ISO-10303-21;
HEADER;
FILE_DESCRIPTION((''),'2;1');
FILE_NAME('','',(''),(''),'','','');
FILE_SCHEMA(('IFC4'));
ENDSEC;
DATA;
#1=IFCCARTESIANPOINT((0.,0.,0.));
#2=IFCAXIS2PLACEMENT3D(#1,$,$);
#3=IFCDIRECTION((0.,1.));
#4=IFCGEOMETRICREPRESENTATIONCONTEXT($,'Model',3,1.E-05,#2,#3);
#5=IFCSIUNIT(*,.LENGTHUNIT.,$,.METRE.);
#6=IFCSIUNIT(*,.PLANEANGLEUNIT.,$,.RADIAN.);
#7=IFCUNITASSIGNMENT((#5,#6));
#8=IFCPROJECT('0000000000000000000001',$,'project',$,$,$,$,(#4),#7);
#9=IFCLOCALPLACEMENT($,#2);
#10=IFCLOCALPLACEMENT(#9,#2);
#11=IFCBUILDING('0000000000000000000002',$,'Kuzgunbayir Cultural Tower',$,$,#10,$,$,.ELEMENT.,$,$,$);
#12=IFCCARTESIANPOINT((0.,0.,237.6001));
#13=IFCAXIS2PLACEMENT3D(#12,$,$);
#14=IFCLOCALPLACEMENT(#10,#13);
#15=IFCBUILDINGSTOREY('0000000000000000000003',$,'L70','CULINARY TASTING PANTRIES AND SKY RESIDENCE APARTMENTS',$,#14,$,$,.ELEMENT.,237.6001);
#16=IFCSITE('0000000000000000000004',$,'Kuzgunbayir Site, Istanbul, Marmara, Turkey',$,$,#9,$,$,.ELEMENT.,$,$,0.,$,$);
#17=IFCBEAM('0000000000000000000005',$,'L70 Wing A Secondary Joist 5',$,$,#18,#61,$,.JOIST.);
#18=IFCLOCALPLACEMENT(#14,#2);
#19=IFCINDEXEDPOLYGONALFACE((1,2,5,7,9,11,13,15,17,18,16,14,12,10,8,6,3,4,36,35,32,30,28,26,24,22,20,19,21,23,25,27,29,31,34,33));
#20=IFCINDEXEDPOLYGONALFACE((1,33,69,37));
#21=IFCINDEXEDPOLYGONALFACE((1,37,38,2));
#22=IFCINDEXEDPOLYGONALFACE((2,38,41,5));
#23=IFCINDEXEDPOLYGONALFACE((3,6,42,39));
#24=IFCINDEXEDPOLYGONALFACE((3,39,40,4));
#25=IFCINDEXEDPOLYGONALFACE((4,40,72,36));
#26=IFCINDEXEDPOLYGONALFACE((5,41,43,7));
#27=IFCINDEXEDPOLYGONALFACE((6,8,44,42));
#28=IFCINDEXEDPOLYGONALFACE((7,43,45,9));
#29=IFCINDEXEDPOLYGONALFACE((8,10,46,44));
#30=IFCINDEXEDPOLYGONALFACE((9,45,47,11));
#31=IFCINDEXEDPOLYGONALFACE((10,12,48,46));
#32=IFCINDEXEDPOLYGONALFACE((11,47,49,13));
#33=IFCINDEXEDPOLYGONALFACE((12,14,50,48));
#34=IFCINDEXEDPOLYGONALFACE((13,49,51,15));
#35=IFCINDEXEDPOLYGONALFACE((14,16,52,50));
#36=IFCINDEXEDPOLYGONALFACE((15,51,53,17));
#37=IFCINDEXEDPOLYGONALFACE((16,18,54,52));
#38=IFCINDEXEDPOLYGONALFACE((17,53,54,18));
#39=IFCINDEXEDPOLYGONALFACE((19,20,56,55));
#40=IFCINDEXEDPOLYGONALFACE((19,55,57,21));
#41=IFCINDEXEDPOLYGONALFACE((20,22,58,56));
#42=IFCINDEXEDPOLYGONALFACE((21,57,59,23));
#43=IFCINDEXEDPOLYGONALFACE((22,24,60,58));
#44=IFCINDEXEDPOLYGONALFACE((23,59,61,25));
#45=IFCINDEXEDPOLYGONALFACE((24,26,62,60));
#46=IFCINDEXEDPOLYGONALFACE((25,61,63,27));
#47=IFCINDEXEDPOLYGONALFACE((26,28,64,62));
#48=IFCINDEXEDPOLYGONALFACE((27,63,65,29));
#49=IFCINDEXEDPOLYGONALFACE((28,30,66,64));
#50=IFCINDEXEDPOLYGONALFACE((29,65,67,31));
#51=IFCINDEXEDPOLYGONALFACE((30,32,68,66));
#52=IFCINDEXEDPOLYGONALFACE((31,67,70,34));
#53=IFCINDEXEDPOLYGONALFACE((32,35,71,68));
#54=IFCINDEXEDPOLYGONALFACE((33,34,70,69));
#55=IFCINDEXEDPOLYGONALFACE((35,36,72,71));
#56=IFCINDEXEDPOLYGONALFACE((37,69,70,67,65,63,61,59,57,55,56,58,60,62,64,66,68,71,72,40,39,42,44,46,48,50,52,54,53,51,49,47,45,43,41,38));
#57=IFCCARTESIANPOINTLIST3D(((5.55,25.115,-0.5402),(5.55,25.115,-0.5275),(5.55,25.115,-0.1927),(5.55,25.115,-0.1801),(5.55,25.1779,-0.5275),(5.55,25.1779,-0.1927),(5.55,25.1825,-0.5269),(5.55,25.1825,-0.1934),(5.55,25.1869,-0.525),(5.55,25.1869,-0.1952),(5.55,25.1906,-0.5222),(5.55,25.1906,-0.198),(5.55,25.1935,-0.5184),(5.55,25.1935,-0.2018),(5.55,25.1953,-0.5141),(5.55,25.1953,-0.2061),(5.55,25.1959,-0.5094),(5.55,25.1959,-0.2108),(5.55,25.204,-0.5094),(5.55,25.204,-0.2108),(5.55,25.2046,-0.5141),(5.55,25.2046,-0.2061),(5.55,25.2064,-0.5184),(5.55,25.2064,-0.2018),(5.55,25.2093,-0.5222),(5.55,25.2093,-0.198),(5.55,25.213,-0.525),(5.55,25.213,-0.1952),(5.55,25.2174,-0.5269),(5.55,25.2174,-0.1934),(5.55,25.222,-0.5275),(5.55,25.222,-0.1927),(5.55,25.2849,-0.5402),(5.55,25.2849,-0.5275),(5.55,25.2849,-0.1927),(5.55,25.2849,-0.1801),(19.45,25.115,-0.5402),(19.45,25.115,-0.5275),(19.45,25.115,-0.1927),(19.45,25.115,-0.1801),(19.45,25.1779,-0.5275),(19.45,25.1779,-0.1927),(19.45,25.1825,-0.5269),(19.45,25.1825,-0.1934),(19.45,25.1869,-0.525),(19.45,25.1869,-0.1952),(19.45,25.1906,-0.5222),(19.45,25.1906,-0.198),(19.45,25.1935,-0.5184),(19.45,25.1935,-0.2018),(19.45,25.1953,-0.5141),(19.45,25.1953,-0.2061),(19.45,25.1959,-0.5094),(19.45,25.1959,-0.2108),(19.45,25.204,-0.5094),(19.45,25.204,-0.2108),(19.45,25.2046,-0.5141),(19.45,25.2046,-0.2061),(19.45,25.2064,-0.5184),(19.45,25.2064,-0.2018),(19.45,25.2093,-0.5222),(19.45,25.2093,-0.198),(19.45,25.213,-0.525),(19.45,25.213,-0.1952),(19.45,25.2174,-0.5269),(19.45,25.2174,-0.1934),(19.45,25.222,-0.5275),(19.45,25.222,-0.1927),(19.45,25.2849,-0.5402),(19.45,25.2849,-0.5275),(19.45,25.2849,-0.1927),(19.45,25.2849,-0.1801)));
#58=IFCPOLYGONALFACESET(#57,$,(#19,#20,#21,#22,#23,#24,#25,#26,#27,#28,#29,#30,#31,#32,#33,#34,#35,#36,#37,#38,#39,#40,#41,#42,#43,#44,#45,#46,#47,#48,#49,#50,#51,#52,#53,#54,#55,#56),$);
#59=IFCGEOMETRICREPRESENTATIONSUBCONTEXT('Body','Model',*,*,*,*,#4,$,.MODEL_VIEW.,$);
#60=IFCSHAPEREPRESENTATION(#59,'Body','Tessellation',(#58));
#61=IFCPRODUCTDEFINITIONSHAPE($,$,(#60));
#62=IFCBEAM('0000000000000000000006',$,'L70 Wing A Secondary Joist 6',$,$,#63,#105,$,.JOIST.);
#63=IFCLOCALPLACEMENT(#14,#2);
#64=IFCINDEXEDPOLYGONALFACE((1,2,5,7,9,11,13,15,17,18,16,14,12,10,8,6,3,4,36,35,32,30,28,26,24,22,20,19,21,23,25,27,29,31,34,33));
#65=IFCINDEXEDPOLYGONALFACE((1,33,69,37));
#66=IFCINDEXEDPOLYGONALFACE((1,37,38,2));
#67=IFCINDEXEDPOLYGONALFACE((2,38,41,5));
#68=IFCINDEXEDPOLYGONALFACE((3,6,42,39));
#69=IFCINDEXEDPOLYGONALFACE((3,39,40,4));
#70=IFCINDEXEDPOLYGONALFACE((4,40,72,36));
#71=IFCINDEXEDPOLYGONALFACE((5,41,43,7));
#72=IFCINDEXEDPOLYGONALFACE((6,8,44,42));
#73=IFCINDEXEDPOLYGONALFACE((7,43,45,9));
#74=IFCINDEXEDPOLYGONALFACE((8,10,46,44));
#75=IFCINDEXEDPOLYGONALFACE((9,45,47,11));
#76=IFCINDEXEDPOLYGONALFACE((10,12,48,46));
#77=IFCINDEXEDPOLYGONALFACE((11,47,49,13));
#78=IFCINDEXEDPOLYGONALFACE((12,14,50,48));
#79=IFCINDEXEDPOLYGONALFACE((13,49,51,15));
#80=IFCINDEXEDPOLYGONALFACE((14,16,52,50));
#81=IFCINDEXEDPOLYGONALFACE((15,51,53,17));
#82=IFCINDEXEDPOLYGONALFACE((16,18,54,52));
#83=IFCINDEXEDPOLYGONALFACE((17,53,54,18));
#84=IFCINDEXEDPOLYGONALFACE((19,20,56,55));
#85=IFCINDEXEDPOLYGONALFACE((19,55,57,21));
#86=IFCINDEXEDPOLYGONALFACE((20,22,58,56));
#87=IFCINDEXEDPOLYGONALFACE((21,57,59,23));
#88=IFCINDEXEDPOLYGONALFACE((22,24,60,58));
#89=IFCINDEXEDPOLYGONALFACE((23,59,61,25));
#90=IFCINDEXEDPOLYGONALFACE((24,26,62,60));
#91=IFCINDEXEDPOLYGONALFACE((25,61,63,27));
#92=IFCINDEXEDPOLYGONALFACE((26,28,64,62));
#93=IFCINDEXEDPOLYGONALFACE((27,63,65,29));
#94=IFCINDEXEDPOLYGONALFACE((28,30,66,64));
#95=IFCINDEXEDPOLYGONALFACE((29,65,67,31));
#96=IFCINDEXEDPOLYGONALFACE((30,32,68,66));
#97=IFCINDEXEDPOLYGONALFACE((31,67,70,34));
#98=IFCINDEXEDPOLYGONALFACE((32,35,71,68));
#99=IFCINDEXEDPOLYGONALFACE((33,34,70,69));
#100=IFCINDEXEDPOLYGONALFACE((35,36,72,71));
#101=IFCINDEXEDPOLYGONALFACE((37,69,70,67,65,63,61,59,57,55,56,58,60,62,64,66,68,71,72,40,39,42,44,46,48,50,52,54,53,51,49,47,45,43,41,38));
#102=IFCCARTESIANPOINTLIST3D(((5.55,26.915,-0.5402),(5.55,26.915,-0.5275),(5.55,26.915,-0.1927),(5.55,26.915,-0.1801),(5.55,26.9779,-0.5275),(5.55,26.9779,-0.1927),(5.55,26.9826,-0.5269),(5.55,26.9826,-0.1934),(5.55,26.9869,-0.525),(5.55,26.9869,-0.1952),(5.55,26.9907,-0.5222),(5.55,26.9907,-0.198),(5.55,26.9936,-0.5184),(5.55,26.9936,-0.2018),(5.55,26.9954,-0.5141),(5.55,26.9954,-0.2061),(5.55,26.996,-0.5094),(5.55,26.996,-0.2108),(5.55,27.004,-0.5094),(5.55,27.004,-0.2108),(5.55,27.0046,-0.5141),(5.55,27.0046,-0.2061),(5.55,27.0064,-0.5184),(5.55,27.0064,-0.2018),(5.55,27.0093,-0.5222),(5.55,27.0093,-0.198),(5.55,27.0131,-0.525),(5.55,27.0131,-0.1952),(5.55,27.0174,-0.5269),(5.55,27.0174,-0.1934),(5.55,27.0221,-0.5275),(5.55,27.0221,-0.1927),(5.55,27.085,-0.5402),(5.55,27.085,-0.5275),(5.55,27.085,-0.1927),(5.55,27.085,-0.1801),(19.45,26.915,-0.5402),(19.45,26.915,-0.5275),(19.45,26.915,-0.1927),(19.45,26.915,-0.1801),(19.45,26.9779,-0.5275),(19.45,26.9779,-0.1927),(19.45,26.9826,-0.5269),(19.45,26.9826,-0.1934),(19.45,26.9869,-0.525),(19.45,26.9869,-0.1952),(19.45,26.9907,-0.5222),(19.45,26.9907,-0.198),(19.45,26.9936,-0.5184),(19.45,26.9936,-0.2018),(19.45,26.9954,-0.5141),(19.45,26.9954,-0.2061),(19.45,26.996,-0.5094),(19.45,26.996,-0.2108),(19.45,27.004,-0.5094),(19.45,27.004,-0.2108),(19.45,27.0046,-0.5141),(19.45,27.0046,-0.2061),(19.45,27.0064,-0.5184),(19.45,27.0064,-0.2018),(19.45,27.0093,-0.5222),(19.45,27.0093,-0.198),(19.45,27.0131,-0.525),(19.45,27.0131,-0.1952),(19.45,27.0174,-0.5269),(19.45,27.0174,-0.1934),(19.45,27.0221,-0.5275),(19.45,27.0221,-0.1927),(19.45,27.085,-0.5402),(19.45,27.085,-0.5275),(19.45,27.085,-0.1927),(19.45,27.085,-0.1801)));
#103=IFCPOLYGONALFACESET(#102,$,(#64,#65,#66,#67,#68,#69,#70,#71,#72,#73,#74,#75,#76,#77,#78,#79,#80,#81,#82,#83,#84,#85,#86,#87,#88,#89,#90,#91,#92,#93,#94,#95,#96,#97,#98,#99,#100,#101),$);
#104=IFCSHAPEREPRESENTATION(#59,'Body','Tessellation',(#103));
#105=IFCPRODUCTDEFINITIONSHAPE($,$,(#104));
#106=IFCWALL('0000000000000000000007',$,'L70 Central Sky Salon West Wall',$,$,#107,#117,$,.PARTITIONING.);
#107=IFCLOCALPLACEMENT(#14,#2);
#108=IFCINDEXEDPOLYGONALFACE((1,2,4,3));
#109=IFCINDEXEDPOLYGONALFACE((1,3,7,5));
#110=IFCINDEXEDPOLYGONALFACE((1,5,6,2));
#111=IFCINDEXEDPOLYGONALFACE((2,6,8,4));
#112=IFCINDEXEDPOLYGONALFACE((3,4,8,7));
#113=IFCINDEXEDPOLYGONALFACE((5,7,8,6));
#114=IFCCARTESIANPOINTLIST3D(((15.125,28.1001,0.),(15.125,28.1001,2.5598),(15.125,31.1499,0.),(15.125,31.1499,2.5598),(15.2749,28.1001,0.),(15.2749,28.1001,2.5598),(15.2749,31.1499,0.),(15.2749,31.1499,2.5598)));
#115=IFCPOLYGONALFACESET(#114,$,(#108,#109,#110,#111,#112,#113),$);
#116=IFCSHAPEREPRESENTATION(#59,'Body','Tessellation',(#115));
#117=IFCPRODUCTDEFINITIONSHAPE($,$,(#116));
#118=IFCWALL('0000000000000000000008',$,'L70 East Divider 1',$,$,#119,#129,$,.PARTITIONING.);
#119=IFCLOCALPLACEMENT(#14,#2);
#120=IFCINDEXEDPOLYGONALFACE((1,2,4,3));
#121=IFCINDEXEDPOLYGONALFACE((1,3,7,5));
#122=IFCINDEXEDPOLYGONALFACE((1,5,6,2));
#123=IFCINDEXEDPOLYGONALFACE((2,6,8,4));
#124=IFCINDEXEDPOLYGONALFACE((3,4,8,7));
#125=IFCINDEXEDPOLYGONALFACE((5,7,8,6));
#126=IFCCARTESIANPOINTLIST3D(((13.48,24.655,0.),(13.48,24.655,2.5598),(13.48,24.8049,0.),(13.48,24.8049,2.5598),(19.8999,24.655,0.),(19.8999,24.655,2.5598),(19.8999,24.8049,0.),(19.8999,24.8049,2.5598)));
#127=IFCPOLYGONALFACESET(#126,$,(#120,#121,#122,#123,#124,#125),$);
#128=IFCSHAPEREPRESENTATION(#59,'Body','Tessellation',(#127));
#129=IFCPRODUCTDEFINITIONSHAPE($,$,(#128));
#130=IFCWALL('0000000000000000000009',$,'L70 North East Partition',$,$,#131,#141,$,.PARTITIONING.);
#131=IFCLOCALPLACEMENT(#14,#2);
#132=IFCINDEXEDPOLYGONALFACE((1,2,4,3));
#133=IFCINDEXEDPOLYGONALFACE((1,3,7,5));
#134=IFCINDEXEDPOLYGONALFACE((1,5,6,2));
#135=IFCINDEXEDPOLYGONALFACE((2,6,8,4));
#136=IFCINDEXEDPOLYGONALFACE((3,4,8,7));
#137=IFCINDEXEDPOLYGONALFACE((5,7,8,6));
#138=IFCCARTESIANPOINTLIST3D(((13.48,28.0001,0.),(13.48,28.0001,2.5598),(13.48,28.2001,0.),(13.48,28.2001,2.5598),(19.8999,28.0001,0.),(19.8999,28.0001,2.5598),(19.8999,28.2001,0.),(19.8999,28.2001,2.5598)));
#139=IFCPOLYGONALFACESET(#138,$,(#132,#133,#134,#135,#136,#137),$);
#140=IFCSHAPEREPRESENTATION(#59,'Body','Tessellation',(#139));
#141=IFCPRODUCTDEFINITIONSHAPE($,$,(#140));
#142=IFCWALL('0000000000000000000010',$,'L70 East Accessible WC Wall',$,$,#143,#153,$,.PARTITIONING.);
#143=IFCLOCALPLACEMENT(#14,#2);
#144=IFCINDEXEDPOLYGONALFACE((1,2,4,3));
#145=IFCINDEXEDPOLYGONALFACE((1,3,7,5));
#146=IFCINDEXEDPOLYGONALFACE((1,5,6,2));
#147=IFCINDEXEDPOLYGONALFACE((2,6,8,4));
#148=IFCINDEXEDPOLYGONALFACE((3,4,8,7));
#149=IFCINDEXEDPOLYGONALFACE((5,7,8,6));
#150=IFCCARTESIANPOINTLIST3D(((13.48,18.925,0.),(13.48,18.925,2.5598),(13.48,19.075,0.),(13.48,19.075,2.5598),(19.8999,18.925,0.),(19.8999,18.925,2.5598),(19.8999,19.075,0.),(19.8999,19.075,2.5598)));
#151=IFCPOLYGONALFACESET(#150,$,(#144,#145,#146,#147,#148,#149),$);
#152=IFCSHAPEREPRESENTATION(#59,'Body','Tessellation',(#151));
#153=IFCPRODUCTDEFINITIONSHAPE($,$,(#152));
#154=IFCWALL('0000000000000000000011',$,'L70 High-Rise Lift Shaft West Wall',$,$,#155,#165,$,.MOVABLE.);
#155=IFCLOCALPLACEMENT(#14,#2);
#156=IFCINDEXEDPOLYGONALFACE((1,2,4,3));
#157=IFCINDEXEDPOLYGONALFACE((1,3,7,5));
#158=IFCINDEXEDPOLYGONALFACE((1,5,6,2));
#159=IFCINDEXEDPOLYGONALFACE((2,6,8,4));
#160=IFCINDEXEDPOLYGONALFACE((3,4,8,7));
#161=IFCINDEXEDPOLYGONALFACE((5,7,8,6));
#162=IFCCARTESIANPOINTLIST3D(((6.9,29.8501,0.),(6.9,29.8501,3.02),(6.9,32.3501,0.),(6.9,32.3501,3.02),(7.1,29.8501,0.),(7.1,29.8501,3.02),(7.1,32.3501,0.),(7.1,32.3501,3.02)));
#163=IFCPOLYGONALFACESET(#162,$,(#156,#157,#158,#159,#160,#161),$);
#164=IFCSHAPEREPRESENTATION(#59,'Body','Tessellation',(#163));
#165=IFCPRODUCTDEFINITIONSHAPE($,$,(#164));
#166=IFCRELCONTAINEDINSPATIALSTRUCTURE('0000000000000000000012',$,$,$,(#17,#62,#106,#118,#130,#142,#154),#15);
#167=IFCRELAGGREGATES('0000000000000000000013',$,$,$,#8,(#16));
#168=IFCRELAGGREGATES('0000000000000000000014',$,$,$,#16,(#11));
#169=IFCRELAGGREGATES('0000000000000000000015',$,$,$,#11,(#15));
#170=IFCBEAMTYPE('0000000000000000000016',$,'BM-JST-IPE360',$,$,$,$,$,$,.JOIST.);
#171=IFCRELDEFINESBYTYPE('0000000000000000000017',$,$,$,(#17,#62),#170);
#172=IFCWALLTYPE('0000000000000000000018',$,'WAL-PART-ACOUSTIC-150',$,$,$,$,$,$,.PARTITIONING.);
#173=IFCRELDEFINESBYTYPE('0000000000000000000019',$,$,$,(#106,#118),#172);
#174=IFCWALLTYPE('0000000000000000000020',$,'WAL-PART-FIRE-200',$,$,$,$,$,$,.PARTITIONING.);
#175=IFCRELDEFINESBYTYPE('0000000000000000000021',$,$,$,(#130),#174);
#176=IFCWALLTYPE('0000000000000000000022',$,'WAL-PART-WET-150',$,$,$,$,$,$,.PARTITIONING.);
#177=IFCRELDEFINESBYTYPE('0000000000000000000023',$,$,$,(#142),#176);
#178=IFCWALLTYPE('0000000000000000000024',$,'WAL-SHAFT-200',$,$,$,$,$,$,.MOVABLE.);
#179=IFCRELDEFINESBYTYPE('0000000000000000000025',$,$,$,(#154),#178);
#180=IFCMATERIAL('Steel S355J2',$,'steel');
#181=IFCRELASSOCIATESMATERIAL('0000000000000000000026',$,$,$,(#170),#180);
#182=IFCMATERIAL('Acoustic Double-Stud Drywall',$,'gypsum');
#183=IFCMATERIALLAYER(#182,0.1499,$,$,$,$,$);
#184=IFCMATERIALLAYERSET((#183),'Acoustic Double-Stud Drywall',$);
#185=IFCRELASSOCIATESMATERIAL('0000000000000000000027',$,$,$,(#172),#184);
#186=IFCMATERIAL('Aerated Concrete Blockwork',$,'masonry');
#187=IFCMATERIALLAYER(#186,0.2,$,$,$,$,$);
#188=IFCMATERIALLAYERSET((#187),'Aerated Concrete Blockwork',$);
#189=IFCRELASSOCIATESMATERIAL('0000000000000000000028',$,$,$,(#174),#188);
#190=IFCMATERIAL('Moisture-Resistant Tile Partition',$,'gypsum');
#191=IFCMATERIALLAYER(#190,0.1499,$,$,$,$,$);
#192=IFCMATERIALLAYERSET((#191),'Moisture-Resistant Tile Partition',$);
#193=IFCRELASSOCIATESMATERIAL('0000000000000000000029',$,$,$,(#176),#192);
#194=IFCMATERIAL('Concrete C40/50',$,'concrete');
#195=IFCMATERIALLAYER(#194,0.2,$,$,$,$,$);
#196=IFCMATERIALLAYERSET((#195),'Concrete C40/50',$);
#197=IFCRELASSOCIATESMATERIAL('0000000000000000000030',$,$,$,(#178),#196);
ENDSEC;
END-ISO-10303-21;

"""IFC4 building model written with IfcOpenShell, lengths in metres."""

from ifc_helpers import new_model, si_unit, direction, frame, frame_2d, origin, origin_2d, place, context, subcontext, project, spatial, rectangle, i_section, extrude, material, layer, layer_set, material_profile, profile_set, type_object, element, save


model = new_model("IFC4")

# Units and contexts
model_context = context("Model", 3, precision=1e-05, world=origin(), true_north=direction((0.0, 1.0)))
body_context = subcontext(model_context, "Body", "Model", "MODEL_VIEW")
ifc_project = project(units=[si_unit("LENGTHUNIT", "METRE"), si_unit("PLANEANGLEUNIT", "RADIAN")], contexts=[model_context])

# Site, building, storey
site_placement = place(None, origin())
site = spatial("IfcSite", under=ifc_project, at=site_placement, Name="Kuzgunbayir Site, Istanbul, Marmara, Turkey", CompositionType="ELEMENT", RefElevation=0.0)
building_placement = place(site_placement, origin())
building = spatial("IfcBuilding", under=site, at=building_placement, Name="Kuzgunbayir Cultural Tower", CompositionType="ELEMENT")
storey_placement = place(building_placement, frame((0.0, 0.0, 237.6001)))
storey = spatial("IfcBuildingStorey", under=building, at=storey_placement, Name="L70", Description="CULINARY TASTING PANTRIES AND SKY RESIDENCE APARTMENTS", CompositionType="ELEMENT", Elevation=237.6001)

# Beams
ifc_material_1 = material(Name="Steel S355J2", Category="steel")
ifc_material_profile_1 = material_profile(ifc_material_1, i_section(OverallWidth=0.1699, OverallDepth=0.3601, WebThickness=0.0081, FlangeThickness=0.0127, FilletRadius=0.0181, at=origin_2d()), Name="IPE 360")
ifc_profile_set_1 = profile_set([ifc_material_profile_1], Name="Steel S355J2")
beam_type_1 = type_object("IfcBeamType", Name="BM-JST-IPE360", PredefinedType="JOIST", material=ifc_profile_set_1)
for number, where, z_axis, x_axis, name in (
    (1, (5.55, 25.2, -0.3601), (1.0, 0.0, 0.0), (0.0, 1.0, 0.0), "L70 Wing A Secondary Joist 5"),
    (2, (5.55, 27.0, -0.3601), (1.0, 0.0, 0.0), (0.0, 1.0, 0.0), "L70 Wing A Secondary Joist 6"),
):
    element("IfcBeam", number, at=place(storey_placement, frame(where, z_axis=z_axis, x_axis=x_axis)), inside=storey, type_object=beam_type_1, Name=name, PredefinedType="JOIST", context=body_context, shape_type="SweptSolid", body=[
        extrude(i_section(OverallWidth=0.1699, OverallDepth=0.3601, WebThickness=0.0081, FlangeThickness=0.0127, FilletRadius=0.0181, at=origin_2d()), origin(), (0.0, 0.0, 1.0), 13.8999),
    ])

# Walls
ifc_material_2 = material(Name="Acoustic Double-Stud Drywall", Category="gypsum")
ifc_layer_1 = layer(ifc_material_2, 0.1499)
ifc_layer_set_1 = layer_set([ifc_layer_1], Name="Acoustic Double-Stud Drywall")
wall_type_1 = type_object("IfcWallType", Name="WAL-PART-ACOUSTIC-150", PredefinedType="PARTITIONING", material=ifc_layer_set_1)
wall_1_placement = place(storey_placement, frame((15.2, 28.1001, 0.0), z_axis=(0.0, 0.0, 1.0), x_axis=(0.0, 1.0, 0.0)))
element("IfcWall", 3, at=wall_1_placement, inside=storey, type_object=wall_type_1, Name="L70 Central Sky Salon West Wall", PredefinedType="PARTITIONING", context=body_context, shape_type="SweptSolid", body=[
    extrude(rectangle(XDim=3.0498, YDim=0.1499, at=frame_2d((1.5249, 0.0))), origin(), (0.0, 0.0, 1.0), 2.5598),
])
wall_2_placement = place(storey_placement, frame((13.48, 24.73, 0.0), z_axis=(0.0, 0.0, 1.0), x_axis=(1.0, 0.0, 0.0)))
element("IfcWall", 4, at=wall_2_placement, inside=storey, type_object=wall_type_1, Name="L70 East Divider 1", PredefinedType="PARTITIONING", context=body_context, shape_type="SweptSolid", body=[
    extrude(rectangle(XDim=6.4199, YDim=0.1499, at=frame_2d((3.21, 0.0))), origin(), (0.0, 0.0, 1.0), 2.5598),
])
ifc_material_3 = material(Name="Aerated Concrete Blockwork", Category="masonry")
ifc_layer_2 = layer(ifc_material_3, 0.2)
ifc_layer_set_2 = layer_set([ifc_layer_2], Name="Aerated Concrete Blockwork")
wall_type_2 = type_object("IfcWallType", Name="WAL-PART-FIRE-200", PredefinedType="PARTITIONING", material=ifc_layer_set_2)
wall_3_placement = place(storey_placement, frame((13.48, 28.1001, 0.0), z_axis=(0.0, 0.0, 1.0), x_axis=(1.0, 0.0, 0.0)))
element("IfcWall", 5, at=wall_3_placement, inside=storey, type_object=wall_type_2, Name="L70 North East Partition", PredefinedType="PARTITIONING", context=body_context, shape_type="SweptSolid", body=[
    extrude(rectangle(XDim=6.4199, YDim=0.2, at=frame_2d((3.21, 0.0))), origin(), (0.0, 0.0, 1.0), 2.5598),
])
ifc_material_4 = material(Name="Moisture-Resistant Tile Partition", Category="gypsum")
ifc_layer_3 = layer(ifc_material_4, 0.1499)
ifc_layer_set_3 = layer_set([ifc_layer_3], Name="Moisture-Resistant Tile Partition")
wall_type_3 = type_object("IfcWallType", Name="WAL-PART-WET-150", PredefinedType="PARTITIONING", material=ifc_layer_set_3)
wall_4_placement = place(storey_placement, frame((13.48, 19.0, 0.0), z_axis=(0.0, 0.0, 1.0), x_axis=(1.0, 0.0, 0.0)))
element("IfcWall", 6, at=wall_4_placement, inside=storey, type_object=wall_type_3, Name="L70 East Accessible WC Wall", PredefinedType="PARTITIONING", context=body_context, shape_type="SweptSolid", body=[
    extrude(rectangle(XDim=6.4199, YDim=0.1499, at=frame_2d((3.21, 0.0))), origin(), (0.0, 0.0, 1.0), 2.5598),
])

# Shared definitions
ifc_material_5 = material(Name="Concrete C40/50", Category="concrete")
ifc_layer_4 = layer(ifc_material_5, 0.2)
ifc_layer_set_4 = layer_set([ifc_layer_4], Name="Concrete C40/50")
wall_type_4 = type_object("IfcWallType", Name="WAL-SHAFT-200", PredefinedType="MOVABLE", material=ifc_layer_set_4)

# Wall
wall_5_placement = place(storey_placement, frame((7.0, 29.8501, 0.0), z_axis=(0.0, 0.0, 1.0), x_axis=(0.0, 1.0, 0.0)))
element("IfcWall", 7, at=wall_5_placement, inside=storey, type_object=wall_type_4, Name="L70 High-Rise Lift Shaft West Wall", PredefinedType="MOVABLE", context=body_context, shape_type="SweptSolid", body=[
    extrude(rectangle(XDim=2.5, YDim=0.2, at=frame_2d((1.25, 0.0))), origin(), (0.0, 0.0, 1.0), 3.02),
])

save(model, "model.ifc")
